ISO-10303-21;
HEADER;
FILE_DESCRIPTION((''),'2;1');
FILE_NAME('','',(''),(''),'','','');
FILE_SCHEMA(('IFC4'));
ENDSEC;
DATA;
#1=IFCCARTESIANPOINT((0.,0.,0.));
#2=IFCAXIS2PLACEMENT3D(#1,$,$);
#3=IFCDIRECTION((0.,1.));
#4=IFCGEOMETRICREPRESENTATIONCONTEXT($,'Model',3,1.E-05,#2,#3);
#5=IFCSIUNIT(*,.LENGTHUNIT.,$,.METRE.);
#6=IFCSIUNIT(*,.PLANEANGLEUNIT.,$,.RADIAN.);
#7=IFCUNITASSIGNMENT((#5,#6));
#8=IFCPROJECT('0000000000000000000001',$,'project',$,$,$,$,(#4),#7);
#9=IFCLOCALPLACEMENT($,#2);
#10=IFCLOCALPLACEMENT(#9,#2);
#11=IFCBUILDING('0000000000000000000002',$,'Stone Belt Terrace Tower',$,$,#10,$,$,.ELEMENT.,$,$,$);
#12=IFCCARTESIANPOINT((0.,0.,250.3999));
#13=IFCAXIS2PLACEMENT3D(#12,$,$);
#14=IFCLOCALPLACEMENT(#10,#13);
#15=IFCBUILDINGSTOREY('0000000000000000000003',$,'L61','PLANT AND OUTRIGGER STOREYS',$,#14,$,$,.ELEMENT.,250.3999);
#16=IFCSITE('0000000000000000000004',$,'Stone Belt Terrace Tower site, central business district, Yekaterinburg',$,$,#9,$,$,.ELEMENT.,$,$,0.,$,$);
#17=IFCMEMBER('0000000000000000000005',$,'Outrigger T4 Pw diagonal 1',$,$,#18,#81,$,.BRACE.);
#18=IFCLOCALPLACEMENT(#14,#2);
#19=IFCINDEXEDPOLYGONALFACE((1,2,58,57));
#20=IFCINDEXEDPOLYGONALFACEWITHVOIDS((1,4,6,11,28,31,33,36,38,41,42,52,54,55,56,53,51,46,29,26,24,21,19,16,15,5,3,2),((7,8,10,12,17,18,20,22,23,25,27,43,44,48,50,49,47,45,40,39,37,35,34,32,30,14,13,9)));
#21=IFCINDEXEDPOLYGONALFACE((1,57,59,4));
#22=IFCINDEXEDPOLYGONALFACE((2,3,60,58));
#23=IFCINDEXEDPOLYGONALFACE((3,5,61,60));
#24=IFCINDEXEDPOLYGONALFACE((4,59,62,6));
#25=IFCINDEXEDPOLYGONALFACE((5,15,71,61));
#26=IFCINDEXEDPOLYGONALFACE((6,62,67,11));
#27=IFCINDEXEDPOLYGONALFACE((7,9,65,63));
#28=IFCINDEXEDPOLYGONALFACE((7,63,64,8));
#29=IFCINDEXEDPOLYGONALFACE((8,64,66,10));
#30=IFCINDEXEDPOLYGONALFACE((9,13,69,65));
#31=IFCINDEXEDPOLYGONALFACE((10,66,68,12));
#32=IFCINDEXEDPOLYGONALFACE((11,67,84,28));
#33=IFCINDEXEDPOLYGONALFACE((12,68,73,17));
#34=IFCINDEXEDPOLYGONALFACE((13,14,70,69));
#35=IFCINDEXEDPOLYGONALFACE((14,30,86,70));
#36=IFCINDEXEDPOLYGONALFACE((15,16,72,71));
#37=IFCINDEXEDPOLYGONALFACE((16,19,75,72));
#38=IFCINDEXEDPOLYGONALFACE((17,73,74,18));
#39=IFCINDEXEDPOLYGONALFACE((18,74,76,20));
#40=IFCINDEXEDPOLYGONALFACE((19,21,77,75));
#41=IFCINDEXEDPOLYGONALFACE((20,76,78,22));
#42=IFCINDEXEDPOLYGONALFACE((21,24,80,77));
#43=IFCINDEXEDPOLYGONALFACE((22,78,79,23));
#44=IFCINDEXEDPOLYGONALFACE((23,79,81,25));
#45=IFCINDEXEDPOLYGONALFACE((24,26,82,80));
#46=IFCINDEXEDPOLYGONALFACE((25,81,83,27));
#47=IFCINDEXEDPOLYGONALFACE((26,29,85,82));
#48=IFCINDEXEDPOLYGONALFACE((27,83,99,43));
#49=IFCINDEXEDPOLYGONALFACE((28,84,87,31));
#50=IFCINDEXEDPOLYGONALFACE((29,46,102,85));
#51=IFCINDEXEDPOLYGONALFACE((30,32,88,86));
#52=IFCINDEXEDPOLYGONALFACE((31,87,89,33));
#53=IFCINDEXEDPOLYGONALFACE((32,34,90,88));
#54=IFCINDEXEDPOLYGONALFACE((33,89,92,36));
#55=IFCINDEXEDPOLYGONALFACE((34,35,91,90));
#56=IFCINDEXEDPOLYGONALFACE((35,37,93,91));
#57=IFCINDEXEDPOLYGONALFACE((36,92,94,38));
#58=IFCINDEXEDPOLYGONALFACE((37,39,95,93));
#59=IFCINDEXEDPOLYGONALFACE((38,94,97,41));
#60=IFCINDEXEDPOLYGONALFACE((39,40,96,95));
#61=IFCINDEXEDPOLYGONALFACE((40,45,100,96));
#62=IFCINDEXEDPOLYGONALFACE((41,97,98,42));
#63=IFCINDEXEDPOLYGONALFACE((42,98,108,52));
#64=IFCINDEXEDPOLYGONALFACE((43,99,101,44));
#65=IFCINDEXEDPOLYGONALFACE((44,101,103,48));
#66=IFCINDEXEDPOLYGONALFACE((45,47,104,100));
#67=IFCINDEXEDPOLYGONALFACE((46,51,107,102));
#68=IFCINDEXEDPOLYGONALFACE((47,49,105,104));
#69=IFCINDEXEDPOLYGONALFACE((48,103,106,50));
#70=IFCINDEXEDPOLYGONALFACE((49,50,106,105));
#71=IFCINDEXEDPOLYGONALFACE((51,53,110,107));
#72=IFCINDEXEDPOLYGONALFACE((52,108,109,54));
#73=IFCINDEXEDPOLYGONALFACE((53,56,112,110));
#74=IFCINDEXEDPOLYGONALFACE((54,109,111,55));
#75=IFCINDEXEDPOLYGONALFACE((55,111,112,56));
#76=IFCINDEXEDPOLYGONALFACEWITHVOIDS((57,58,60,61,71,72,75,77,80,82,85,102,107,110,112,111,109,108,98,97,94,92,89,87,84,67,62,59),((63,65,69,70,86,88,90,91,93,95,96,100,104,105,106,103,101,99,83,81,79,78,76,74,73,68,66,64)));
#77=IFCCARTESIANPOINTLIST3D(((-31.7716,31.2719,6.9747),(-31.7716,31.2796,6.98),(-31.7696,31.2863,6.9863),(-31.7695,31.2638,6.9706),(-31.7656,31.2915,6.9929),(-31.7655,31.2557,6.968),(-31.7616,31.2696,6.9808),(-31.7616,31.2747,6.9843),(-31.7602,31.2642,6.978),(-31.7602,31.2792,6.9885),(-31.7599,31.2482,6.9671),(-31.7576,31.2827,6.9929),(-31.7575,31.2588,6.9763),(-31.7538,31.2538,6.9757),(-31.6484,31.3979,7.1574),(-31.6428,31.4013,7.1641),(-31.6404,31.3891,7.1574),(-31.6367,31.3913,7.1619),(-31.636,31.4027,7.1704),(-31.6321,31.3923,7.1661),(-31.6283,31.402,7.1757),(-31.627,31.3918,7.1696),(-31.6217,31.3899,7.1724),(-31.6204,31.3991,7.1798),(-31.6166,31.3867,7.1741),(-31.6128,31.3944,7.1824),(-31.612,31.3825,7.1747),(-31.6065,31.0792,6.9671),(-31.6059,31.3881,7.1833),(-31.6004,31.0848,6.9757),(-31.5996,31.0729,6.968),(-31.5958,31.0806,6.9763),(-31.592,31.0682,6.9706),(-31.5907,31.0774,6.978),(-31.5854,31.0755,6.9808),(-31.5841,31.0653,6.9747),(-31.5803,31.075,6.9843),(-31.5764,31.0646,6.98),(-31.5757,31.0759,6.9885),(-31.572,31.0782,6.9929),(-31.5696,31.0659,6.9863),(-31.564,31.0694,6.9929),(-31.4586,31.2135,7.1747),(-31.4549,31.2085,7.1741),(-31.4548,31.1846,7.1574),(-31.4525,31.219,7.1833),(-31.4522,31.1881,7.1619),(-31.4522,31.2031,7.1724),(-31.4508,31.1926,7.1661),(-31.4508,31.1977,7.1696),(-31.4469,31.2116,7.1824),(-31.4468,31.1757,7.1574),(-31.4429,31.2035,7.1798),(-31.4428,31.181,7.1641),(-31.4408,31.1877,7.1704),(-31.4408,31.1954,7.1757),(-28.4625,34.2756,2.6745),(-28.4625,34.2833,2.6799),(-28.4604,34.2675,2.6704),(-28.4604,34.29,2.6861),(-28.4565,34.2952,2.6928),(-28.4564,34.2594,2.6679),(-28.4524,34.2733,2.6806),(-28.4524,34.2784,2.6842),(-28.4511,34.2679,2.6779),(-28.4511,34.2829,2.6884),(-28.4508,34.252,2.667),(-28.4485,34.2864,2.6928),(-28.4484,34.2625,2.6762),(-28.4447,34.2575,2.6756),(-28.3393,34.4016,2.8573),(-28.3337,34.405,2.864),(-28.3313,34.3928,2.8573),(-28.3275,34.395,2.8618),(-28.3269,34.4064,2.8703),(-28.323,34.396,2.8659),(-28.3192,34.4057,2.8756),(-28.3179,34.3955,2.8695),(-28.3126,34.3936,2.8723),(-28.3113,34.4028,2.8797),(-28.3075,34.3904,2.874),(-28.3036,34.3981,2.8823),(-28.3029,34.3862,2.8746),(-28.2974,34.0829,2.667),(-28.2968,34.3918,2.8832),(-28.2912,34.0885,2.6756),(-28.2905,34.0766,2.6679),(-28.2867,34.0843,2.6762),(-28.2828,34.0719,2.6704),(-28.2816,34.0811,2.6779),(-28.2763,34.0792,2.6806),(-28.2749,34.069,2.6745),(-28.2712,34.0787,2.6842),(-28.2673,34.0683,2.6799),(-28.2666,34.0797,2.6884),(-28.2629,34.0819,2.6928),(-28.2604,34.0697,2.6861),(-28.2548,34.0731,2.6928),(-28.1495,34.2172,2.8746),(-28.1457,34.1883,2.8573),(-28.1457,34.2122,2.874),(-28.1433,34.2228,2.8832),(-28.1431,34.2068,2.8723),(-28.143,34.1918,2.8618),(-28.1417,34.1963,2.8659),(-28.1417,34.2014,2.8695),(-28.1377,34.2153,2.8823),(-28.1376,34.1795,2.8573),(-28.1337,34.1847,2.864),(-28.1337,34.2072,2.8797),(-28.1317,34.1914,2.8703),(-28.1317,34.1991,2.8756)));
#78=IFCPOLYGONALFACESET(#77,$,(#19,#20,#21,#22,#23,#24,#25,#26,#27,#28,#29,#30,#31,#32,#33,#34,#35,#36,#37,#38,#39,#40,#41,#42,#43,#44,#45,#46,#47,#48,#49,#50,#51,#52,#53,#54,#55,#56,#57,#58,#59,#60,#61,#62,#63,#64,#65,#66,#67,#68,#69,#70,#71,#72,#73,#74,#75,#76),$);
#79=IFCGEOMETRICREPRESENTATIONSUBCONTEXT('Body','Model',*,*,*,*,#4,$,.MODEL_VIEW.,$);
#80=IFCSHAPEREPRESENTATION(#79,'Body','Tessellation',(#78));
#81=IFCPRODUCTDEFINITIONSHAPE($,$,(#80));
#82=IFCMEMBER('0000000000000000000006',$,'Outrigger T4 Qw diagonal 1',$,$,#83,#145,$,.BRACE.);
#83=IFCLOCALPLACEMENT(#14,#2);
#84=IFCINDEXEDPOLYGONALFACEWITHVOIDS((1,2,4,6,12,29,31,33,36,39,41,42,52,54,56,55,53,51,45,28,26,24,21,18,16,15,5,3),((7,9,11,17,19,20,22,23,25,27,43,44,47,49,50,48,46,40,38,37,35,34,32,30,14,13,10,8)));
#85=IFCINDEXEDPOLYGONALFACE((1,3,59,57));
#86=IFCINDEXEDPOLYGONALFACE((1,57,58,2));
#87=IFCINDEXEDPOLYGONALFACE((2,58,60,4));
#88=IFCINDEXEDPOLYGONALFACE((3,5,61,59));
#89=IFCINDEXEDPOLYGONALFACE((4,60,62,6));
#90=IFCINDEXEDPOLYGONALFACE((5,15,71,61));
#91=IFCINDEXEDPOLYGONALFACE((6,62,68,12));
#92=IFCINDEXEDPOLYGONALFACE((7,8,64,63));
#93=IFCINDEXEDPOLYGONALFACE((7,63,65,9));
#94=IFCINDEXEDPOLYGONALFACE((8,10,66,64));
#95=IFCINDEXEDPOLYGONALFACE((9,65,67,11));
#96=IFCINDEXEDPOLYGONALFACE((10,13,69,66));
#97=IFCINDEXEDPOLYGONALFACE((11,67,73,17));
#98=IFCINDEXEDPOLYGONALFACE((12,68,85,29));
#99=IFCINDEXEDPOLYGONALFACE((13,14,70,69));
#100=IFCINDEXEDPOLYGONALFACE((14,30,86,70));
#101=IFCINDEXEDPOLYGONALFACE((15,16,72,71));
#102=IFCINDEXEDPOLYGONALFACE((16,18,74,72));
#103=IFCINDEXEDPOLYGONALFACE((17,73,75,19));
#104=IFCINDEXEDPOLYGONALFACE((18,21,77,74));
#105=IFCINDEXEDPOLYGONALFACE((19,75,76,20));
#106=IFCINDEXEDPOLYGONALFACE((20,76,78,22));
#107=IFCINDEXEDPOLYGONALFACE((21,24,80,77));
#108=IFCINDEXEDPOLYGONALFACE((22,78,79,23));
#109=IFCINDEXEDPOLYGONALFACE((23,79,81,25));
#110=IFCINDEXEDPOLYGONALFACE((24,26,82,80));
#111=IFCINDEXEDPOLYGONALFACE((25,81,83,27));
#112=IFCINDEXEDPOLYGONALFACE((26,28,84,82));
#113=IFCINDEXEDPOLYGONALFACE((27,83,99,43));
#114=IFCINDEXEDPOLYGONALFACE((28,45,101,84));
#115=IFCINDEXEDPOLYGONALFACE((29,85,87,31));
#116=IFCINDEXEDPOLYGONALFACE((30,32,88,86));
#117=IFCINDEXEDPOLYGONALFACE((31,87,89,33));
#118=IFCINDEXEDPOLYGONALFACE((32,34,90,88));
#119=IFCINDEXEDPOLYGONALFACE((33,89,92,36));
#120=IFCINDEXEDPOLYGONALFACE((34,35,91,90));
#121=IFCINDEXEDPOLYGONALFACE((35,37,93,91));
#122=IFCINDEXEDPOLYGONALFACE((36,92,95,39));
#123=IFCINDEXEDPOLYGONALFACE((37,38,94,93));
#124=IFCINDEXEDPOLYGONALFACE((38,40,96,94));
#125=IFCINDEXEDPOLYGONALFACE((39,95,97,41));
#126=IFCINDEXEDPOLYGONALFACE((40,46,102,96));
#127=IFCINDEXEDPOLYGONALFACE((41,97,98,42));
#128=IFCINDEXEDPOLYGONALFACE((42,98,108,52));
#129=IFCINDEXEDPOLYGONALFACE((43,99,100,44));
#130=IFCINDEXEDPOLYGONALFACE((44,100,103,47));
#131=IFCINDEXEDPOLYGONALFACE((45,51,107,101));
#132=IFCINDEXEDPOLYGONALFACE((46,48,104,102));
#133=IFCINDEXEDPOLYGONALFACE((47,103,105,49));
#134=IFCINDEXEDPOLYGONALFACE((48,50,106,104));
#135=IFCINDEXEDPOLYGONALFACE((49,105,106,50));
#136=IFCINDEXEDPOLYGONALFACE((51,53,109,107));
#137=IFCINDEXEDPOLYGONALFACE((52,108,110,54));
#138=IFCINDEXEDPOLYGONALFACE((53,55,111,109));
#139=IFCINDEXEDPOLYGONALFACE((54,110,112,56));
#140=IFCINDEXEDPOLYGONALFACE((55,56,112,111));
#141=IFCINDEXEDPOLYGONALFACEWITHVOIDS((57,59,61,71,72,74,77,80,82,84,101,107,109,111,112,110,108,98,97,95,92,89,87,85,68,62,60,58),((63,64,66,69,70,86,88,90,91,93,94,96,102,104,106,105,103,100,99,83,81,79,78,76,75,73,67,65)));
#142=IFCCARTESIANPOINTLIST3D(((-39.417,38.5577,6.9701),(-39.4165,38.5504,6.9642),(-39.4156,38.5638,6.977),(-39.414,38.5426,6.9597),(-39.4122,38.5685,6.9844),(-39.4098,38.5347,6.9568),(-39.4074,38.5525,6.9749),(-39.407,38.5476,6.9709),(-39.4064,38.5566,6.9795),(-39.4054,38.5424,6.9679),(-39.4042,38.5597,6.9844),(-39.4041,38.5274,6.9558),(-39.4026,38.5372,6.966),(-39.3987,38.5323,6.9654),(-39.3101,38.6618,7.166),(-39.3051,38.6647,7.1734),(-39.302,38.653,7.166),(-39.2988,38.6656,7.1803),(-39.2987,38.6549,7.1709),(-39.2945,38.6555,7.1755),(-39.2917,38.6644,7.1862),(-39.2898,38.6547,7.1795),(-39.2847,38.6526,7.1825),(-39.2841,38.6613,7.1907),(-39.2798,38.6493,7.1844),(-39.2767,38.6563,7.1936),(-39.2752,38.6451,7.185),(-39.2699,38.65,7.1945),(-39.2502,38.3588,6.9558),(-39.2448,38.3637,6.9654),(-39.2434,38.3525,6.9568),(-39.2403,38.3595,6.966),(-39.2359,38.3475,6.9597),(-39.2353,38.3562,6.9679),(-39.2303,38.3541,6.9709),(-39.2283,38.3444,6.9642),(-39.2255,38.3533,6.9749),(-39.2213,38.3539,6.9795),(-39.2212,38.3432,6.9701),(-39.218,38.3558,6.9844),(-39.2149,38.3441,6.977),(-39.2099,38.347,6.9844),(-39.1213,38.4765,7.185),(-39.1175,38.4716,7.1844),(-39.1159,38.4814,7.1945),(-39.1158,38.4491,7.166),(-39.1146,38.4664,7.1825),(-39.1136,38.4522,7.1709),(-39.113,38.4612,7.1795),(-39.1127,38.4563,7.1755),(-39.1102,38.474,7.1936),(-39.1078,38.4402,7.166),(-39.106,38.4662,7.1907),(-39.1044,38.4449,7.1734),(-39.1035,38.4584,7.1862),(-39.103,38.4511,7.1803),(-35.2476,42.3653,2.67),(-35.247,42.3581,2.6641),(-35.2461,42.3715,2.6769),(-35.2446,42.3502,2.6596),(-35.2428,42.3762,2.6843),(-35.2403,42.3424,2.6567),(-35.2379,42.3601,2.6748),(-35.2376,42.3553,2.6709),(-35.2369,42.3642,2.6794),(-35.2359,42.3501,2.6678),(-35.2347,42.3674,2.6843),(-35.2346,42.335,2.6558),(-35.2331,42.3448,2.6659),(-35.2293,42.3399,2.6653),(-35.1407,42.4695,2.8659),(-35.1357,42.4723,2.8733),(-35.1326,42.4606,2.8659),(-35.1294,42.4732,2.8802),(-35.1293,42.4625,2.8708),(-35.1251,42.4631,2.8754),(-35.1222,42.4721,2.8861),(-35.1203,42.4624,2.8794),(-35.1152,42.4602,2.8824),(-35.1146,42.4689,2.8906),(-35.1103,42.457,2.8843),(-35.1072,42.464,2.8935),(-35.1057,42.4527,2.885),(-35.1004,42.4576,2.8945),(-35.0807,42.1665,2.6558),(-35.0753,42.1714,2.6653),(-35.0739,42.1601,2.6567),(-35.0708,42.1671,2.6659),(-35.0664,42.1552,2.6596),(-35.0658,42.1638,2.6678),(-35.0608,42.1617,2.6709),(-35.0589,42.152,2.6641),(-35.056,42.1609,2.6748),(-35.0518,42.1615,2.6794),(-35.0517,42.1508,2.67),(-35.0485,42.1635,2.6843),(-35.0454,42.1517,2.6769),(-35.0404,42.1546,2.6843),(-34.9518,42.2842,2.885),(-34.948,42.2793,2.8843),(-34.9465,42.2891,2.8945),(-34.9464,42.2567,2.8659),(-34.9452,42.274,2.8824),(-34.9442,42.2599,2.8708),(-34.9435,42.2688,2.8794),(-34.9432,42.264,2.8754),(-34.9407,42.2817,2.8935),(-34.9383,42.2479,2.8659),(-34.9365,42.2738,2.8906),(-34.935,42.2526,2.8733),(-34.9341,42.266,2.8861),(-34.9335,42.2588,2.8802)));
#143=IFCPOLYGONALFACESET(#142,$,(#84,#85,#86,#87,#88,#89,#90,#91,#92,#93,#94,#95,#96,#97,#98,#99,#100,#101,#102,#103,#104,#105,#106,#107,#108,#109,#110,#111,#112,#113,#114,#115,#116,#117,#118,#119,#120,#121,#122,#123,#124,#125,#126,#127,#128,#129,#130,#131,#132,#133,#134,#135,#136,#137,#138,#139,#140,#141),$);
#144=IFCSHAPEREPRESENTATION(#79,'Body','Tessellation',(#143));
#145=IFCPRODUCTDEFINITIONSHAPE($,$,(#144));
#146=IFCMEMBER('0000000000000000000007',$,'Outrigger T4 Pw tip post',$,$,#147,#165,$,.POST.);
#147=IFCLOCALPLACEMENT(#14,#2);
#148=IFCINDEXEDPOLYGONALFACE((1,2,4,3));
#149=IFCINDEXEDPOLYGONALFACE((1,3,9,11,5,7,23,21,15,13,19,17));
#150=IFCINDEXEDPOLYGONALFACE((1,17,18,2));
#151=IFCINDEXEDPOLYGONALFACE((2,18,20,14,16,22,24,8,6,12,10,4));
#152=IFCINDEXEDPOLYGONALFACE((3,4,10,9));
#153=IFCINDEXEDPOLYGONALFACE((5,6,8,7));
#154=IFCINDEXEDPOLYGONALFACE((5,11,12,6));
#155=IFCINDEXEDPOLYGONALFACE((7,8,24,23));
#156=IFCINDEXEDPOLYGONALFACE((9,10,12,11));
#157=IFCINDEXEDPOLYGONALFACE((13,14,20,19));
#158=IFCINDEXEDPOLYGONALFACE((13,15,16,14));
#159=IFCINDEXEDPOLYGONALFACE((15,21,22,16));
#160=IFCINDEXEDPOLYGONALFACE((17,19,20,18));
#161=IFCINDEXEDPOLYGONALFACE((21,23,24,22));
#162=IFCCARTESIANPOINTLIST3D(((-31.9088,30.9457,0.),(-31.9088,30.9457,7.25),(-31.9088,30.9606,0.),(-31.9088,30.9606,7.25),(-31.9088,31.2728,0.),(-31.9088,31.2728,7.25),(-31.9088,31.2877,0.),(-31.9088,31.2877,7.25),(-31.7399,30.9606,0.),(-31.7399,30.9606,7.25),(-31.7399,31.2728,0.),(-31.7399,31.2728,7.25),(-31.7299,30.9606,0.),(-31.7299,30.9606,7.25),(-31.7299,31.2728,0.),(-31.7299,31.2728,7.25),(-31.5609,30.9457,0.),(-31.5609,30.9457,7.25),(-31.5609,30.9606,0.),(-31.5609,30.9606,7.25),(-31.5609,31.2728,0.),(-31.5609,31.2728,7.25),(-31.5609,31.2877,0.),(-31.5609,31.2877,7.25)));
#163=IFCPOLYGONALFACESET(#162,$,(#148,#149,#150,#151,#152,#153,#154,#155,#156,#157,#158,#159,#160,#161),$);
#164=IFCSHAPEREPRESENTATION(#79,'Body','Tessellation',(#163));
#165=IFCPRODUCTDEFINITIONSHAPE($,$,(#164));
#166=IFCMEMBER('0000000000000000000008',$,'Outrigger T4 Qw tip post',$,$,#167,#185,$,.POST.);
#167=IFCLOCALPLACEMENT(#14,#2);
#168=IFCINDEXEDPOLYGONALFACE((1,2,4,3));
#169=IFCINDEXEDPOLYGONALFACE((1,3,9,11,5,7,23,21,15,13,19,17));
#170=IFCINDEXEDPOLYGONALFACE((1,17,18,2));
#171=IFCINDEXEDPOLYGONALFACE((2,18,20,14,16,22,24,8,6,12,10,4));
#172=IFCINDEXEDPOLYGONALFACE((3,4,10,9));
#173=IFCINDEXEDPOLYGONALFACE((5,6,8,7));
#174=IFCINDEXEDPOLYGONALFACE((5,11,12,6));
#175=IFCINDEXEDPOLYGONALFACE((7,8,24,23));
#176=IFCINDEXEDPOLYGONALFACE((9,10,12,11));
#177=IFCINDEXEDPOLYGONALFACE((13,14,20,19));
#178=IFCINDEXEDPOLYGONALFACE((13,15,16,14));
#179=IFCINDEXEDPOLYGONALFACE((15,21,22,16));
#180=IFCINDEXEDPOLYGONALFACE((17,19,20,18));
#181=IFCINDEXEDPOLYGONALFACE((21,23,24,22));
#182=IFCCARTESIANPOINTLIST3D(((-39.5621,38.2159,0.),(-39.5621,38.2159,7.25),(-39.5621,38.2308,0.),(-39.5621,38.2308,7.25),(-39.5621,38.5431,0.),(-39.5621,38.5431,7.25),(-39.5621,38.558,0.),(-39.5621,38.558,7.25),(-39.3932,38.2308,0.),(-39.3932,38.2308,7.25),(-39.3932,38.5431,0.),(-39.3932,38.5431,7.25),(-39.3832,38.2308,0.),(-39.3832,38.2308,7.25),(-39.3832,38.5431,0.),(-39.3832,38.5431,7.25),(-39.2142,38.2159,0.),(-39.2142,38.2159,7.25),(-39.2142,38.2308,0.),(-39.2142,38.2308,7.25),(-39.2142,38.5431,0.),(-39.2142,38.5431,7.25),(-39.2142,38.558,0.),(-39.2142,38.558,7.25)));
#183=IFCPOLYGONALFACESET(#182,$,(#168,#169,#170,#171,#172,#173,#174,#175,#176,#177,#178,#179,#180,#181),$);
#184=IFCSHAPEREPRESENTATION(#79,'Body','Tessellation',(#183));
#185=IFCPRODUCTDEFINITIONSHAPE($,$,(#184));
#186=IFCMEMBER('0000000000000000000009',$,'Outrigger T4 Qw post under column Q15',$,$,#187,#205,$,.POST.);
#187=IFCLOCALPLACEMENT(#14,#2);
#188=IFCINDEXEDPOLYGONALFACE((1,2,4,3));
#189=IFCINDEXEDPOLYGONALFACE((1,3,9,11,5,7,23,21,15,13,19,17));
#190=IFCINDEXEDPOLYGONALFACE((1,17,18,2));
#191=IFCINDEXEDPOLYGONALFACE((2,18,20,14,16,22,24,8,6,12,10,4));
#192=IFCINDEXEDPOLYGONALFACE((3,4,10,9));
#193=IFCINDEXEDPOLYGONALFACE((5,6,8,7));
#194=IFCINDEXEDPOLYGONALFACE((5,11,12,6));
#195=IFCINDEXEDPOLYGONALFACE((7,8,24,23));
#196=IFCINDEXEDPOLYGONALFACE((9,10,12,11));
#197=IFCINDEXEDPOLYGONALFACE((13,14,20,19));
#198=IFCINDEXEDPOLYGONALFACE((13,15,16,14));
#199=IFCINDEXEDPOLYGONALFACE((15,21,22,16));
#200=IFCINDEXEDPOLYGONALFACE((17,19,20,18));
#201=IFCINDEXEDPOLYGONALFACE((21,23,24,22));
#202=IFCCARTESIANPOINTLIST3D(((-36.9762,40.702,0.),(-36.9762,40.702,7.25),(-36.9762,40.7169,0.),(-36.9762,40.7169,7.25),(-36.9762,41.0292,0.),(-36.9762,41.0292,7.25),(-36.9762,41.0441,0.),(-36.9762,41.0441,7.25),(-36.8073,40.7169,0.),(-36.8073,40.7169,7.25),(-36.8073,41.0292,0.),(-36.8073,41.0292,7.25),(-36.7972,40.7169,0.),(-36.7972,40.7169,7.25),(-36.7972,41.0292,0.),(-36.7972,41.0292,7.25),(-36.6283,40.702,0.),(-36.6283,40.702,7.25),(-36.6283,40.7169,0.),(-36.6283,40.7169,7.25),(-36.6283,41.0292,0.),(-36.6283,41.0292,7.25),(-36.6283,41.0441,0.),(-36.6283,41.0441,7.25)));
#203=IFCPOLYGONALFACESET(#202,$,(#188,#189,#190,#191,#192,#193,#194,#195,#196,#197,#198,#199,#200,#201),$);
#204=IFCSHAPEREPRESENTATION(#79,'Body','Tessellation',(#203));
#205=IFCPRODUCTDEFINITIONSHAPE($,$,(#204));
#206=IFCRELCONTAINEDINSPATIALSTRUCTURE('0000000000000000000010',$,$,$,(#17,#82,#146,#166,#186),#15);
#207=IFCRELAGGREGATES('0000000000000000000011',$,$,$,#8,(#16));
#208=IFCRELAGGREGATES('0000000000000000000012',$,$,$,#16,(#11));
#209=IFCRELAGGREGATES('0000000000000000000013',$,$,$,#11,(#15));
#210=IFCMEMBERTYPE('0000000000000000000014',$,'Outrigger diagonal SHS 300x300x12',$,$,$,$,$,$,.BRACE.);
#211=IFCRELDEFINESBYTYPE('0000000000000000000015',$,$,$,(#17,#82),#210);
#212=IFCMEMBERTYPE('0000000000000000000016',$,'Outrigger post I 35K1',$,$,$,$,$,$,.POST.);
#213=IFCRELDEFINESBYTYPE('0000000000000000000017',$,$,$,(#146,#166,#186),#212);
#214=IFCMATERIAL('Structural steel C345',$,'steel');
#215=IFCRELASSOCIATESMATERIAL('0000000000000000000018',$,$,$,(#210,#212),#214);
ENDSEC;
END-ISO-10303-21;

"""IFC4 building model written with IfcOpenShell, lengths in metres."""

from ifc_helpers import new_model, si_unit, direction, frame, origin, origin_2d, place, context, subcontext, project, spatial, hollow_rectangle, i_section, extrude, material, material_profile, profile_set, type_object, element, save


model = new_model("IFC4")

# Units and contexts
model_context = context("Model", 3, precision=1e-05, world=origin(), true_north=direction((0.0, 1.0)))
body_context = subcontext(model_context, "Body", "Model", "MODEL_VIEW")
ifc_project = project(units=[si_unit("LENGTHUNIT", "METRE"), si_unit("PLANEANGLEUNIT", "RADIAN")], contexts=[model_context])

# Site, building, storey
site_placement = place(None, origin())
site = spatial("IfcSite", under=ifc_project, at=site_placement, Name="Stone Belt Terrace Tower site, central business district, Yekaterinburg", CompositionType="ELEMENT", RefElevation=0.0)
building_placement = place(site_placement, origin())
building = spatial("IfcBuilding", under=site, at=building_placement, Name="Stone Belt Terrace Tower", CompositionType="ELEMENT")
storey_placement = place(building_placement, frame((0.0, 0.0, 250.3999)))
storey = spatial("IfcBuildingStorey", under=building, at=storey_placement, Name="L61", Description="PLANT AND OUTRIGGER STOREYS", CompositionType="ELEMENT", Elevation=250.3999)

# Members
ifc_material_1 = material(Name="Structural steel C345", Category="steel")
ifc_material_profile_1 = material_profile(ifc_material_1, hollow_rectangle(XDim=0.3, YDim=0.3, WallThickness=0.012, InnerFilletRadius=0.0239, OuterFilletRadius=0.0359, at=origin_2d()), Name="SHS 300x300x12")
ifc_profile_set_1 = profile_set([ifc_material_profile_1], Name="Structural steel C345")
member_type_1 = type_object("IfcMemberType", Name="Outrigger diagonal SHS 300x300x12", PredefinedType="BRACE", material=ifc_profile_set_1)
member_1_placement = place(storey_placement, frame((-31.6062, 31.2336, 7.0752), z_axis=(0.533567, 0.48432, -0.693354), x_axis=(-0.67211, 0.740452, 0.0)))
element("IfcMember", 1, at=member_1_placement, inside=storey, type_object=member_type_1, Name="Outrigger T4 Pw diagonal 1", PredefinedType="BRACE", context=body_context, shape_type="SweptSolid", body=[
    extrude(hollow_rectangle(XDim=0.3, YDim=0.3, WallThickness=0.012, InnerFilletRadius=0.0239, OuterFilletRadius=0.0359, at=origin_2d()), origin(), (0.0, 0.0, 1.0), 6.2019),
])
member_2_placement = place(storey_placement, frame((-39.26, 38.5044, 7.0752), z_axis=(0.587462, 0.536483, -0.605866), x_axis=(-0.674341, 0.73842, 0.0)))
element("IfcMember", 2, at=member_2_placement, inside=storey, type_object=member_type_1, Name="Outrigger T4 Qw diagonal 1", PredefinedType="BRACE", context=body_context, shape_type="SweptSolid", body=[
    extrude(hollow_rectangle(XDim=0.3, YDim=0.3, WallThickness=0.012, InnerFilletRadius=0.0239, OuterFilletRadius=0.0359, at=origin_2d()), origin(), (0.0, 0.0, 1.0), 7.0974),
])
ifc_material_profile_2 = material_profile(ifc_material_1, i_section(OverallWidth=0.3479, OverallDepth=0.342, WebThickness=0.01, FlangeThickness=0.0149, at=origin_2d()), Name="I 35K1")
ifc_profile_set_2 = profile_set([ifc_material_profile_2], Name="Structural steel C345")
member_type_2 = type_object("IfcMemberType", Name="Outrigger post I 35K1", PredefinedType="POST", material=ifc_profile_set_2)
for number, where, z_axis, x_axis, name in (
    (3, (-31.7349, 31.1167, 0.0), (0.0, 0.0, 1.0), (1.0, 0.0, 0.0), "Outrigger T4 Pw tip post"),
    (4, (-39.3882, 38.387, 0.0), (0.0, 0.0, 1.0), (1.0, 0.0, 0.0), "Outrigger T4 Qw tip post"),
    (5, (-36.8022, 40.873, 0.0), (0.0, 0.0, 1.0), (1.0, 0.0, 0.0), "Outrigger T4 Qw post under column Q15"),
):
    element("IfcMember", number, at=place(storey_placement, frame(where, z_axis=z_axis, x_axis=x_axis)), inside=storey, type_object=member_type_2, Name=name, PredefinedType="POST", context=body_context, shape_type="SweptSolid", body=[
        extrude(i_section(OverallWidth=0.3479, OverallDepth=0.342, WebThickness=0.01, FlangeThickness=0.0149, at=origin_2d()), origin(), (0.0, 0.0, 1.0), 7.25),
    ])

save(model, "model.ifc")
